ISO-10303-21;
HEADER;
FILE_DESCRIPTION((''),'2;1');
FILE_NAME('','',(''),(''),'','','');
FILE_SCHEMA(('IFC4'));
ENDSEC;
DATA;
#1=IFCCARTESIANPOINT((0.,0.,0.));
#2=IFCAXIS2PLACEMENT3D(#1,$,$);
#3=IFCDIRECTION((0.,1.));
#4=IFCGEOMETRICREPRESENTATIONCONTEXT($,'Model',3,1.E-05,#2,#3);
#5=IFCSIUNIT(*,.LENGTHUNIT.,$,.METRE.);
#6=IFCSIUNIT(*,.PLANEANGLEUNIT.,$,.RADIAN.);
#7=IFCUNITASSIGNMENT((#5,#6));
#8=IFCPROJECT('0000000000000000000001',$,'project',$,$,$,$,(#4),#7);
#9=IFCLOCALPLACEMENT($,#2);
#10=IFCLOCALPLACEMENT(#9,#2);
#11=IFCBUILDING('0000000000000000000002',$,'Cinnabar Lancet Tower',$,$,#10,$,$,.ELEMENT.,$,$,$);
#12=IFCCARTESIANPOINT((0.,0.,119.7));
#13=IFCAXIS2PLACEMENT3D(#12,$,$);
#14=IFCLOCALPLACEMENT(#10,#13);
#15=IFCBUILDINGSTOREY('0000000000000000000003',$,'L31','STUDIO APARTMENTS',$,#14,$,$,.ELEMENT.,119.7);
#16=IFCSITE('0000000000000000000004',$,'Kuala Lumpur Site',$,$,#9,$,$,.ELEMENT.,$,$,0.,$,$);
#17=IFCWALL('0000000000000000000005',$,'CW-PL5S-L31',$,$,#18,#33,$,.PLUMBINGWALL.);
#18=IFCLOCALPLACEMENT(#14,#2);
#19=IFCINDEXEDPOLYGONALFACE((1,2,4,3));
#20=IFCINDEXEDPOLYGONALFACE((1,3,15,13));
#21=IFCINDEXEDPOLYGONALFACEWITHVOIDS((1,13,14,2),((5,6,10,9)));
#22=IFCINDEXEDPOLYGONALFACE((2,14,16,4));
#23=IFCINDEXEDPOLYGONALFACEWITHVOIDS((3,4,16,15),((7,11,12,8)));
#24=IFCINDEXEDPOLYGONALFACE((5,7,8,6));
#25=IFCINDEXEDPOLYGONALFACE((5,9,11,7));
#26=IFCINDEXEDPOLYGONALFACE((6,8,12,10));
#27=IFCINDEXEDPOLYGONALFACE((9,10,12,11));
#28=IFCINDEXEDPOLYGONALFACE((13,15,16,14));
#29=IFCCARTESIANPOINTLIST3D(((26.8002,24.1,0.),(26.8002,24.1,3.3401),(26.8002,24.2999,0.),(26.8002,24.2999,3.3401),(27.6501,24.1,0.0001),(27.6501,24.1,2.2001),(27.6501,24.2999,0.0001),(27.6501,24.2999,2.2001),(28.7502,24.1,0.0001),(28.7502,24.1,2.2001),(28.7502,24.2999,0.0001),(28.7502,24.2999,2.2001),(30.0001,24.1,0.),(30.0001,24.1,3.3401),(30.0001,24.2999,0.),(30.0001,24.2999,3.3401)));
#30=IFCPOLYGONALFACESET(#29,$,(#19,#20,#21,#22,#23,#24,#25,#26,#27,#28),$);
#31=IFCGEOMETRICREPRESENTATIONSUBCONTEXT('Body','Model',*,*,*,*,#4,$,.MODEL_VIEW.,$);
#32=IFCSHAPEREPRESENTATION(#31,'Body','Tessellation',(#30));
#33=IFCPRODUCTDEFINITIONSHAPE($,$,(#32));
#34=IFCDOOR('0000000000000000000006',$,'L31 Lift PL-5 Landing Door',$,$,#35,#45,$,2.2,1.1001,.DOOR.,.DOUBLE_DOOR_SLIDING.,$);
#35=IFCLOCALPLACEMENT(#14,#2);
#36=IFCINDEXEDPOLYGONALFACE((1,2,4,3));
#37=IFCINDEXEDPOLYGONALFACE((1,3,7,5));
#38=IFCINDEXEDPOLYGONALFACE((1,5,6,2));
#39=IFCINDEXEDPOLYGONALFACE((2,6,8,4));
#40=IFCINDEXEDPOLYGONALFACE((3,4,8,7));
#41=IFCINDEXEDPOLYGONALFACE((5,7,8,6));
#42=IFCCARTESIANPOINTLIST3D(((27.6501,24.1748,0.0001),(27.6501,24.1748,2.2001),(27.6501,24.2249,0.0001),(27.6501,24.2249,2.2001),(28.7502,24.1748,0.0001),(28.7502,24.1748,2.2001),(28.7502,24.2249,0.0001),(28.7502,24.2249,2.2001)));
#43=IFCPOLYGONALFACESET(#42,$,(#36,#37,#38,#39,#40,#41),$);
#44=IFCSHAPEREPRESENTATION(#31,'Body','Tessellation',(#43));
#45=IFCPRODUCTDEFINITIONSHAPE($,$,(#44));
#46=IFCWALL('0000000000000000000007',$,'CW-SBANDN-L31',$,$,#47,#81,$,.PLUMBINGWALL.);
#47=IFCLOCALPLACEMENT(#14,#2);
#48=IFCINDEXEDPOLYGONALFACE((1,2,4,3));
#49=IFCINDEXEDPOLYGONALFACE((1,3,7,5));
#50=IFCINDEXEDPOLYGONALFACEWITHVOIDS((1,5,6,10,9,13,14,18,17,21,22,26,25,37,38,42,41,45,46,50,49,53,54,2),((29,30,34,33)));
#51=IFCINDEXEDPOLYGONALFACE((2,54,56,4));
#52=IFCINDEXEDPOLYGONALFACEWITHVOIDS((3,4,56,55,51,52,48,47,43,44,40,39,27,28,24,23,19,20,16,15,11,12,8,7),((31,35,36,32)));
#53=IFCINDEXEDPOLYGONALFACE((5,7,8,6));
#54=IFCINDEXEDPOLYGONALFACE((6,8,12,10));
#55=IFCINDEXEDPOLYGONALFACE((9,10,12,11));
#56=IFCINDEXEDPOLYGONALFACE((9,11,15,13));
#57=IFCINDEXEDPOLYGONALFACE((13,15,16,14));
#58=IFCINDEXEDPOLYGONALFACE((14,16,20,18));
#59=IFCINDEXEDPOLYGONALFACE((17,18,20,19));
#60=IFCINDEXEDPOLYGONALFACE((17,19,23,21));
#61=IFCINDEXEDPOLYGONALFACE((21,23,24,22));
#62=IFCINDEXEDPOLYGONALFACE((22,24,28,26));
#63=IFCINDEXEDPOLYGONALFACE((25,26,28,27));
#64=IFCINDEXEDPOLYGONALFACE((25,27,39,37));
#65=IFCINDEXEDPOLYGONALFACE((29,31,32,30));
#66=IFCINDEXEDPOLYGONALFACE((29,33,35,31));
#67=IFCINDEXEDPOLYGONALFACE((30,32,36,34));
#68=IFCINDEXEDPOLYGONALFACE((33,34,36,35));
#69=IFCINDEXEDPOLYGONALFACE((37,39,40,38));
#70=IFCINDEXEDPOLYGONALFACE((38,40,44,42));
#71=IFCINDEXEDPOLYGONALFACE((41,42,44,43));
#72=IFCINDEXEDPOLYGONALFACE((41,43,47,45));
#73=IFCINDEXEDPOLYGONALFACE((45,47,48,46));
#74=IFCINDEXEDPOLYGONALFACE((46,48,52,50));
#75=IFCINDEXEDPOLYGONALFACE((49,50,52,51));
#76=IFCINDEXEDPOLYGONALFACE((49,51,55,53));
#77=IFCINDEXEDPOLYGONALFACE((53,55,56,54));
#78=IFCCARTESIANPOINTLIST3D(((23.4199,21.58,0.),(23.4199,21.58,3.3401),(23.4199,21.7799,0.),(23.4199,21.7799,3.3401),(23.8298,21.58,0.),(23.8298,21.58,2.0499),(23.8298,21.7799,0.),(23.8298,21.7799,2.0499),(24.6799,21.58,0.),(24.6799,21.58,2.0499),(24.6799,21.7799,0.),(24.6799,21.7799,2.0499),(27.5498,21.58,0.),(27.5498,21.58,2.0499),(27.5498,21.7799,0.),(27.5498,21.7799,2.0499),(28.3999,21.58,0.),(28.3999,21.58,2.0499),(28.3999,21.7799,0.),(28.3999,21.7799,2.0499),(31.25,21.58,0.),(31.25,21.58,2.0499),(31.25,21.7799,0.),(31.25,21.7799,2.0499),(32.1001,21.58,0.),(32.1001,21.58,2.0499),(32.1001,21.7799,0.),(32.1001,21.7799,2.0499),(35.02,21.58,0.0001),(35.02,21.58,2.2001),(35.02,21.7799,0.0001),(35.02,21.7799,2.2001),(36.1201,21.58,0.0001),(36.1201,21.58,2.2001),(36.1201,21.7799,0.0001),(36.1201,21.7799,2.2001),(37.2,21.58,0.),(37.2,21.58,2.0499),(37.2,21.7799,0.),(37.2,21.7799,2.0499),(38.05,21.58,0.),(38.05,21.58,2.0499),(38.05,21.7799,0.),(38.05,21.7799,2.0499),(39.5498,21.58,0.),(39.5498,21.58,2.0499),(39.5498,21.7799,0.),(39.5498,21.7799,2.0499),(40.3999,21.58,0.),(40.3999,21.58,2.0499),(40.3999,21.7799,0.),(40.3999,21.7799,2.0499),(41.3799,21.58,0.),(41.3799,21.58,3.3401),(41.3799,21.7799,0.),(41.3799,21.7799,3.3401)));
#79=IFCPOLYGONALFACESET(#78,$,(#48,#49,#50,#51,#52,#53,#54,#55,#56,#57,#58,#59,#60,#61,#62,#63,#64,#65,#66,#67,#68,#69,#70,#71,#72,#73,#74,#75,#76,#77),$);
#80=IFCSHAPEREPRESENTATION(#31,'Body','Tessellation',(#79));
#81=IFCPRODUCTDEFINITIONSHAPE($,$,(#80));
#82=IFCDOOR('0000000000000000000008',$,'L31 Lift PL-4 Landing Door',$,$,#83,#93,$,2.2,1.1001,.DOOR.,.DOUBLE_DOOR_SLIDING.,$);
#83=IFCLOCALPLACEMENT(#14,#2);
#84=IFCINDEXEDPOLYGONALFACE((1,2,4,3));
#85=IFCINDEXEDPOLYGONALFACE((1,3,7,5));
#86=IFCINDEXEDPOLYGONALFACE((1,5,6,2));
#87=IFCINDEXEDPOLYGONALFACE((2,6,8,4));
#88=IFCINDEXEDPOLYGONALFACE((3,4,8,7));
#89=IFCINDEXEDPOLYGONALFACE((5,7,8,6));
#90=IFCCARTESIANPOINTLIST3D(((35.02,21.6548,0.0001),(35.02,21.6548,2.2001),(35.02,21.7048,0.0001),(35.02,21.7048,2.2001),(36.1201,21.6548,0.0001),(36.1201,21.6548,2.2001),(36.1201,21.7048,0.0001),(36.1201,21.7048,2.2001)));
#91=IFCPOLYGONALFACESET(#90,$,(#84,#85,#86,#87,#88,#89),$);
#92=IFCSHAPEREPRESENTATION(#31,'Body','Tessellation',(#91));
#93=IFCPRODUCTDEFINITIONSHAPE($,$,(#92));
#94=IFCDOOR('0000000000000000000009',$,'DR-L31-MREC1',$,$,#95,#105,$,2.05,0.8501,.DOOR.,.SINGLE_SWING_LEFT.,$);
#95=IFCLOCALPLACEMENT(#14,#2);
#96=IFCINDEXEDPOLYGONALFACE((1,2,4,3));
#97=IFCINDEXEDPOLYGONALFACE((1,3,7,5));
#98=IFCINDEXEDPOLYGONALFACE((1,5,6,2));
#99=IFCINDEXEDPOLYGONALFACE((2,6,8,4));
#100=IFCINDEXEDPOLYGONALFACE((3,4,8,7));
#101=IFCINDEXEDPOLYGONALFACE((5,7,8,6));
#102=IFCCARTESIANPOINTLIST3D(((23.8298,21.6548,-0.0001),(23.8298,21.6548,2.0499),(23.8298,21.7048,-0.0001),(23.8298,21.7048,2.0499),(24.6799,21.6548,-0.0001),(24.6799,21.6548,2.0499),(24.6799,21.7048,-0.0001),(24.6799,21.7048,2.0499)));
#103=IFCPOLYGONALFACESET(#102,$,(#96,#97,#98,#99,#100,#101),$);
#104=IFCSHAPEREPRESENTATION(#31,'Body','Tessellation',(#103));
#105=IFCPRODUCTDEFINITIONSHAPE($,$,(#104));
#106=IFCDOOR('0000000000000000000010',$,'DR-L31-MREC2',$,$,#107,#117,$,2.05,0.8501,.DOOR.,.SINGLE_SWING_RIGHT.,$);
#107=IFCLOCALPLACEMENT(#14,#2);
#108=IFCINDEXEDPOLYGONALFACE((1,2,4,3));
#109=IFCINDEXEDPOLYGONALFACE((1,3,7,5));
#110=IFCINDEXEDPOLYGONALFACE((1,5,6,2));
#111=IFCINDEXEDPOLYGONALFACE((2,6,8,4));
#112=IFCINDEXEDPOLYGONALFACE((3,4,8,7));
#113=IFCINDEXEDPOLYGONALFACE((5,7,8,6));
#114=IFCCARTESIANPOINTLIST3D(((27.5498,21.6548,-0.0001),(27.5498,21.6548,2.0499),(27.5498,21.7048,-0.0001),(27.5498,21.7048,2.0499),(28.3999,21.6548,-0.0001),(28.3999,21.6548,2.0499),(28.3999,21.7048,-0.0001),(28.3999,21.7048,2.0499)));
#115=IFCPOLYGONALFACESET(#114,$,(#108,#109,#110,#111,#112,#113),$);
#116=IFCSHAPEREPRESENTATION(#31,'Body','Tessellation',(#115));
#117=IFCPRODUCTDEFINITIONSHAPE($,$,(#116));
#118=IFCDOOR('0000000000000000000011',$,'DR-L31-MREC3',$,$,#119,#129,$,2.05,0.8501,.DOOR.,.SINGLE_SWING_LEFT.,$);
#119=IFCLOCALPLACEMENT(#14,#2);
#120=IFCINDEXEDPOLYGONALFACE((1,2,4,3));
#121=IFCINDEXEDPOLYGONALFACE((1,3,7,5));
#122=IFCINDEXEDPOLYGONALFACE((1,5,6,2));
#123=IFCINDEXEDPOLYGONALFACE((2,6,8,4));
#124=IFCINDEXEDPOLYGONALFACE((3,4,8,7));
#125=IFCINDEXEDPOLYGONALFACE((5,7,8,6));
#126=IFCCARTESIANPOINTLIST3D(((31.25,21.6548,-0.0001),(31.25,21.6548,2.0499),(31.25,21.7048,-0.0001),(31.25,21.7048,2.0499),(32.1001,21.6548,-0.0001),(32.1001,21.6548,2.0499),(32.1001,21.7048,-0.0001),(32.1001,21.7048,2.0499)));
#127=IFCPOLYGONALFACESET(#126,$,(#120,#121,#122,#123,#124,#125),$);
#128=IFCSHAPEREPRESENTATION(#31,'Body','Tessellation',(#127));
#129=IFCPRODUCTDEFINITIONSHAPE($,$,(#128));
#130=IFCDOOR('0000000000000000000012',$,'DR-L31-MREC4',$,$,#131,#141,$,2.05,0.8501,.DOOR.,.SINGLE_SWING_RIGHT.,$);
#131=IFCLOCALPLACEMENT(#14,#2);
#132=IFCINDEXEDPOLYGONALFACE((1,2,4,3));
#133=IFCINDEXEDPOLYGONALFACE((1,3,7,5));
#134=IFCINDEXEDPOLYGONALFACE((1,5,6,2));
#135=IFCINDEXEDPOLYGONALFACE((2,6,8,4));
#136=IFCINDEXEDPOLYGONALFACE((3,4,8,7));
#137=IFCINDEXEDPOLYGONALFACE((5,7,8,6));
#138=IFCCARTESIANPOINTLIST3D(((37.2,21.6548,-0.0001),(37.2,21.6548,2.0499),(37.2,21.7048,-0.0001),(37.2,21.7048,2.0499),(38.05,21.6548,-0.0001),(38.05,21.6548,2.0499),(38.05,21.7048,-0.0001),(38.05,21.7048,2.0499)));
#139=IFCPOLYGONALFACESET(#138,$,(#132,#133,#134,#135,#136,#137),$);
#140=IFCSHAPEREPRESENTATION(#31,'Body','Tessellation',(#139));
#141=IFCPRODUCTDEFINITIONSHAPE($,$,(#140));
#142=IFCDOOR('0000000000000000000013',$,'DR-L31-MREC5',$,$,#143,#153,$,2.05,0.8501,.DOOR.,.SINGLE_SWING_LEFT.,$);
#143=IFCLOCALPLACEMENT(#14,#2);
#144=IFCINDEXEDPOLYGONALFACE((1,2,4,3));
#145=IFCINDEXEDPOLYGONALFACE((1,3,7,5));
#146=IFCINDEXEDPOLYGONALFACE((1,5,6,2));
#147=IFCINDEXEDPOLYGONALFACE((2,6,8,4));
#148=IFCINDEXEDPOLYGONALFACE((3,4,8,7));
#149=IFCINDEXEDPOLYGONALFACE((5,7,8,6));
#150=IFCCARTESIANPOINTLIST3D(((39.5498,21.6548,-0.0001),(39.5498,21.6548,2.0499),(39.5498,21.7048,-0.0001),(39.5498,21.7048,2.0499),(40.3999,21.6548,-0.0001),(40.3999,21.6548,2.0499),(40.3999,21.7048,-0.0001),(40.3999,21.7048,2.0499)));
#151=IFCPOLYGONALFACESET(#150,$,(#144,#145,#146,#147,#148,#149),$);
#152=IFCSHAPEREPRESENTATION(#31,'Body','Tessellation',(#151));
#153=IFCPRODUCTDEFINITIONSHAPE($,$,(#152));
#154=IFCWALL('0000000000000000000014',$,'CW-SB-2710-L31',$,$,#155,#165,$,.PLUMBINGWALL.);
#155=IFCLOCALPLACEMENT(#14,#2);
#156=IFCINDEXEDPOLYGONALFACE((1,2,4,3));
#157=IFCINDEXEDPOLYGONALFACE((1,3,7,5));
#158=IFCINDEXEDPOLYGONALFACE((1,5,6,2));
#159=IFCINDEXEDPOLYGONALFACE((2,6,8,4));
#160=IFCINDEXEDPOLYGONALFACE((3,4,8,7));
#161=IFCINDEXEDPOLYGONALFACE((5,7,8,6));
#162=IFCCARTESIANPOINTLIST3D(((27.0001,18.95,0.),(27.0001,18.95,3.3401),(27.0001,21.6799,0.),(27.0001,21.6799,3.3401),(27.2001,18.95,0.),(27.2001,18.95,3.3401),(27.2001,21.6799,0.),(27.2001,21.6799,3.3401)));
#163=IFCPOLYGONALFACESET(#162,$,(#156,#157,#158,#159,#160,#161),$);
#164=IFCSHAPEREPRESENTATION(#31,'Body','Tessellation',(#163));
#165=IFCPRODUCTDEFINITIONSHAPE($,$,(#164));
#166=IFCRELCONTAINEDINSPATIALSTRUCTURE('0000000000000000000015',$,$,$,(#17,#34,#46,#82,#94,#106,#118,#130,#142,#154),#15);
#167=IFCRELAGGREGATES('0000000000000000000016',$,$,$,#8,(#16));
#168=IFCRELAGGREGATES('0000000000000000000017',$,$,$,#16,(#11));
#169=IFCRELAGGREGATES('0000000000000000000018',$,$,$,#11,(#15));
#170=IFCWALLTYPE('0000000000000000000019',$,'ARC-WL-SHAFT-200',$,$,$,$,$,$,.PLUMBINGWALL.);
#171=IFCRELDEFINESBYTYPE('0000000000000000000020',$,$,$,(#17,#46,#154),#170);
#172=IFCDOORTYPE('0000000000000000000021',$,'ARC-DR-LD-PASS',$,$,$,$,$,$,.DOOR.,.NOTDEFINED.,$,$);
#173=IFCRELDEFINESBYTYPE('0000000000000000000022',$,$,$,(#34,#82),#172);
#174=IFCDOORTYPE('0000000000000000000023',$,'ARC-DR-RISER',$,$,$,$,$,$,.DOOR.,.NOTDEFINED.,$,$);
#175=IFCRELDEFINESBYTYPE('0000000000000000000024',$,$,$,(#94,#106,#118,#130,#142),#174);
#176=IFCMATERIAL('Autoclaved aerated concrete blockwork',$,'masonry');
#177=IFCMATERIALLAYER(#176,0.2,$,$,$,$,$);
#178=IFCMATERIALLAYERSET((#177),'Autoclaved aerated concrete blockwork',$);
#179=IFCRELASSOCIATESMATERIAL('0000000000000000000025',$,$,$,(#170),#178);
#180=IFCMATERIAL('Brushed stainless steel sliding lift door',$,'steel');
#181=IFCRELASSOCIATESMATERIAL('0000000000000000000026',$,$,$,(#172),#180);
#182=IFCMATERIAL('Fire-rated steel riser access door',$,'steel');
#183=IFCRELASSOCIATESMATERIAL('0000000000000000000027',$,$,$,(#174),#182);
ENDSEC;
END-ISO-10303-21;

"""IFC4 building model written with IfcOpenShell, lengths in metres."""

from ifc_helpers import new_model, si_unit, direction, frame, frame_2d, origin, place, context, subcontext, project, spatial, rectangle, extrude, material, layer, layer_set, type_object, element, fill, save


model = new_model("IFC4")

# Units and contexts
model_context = context("Model", 3, precision=1e-05, world=origin(), true_north=direction((0.0, 1.0)))
body_context = subcontext(model_context, "Body", "Model", "MODEL_VIEW")
ifc_project = project(units=[si_unit("LENGTHUNIT", "METRE"), si_unit("PLANEANGLEUNIT", "RADIAN")], contexts=[model_context])

# Site, building, storey
site_placement = place(None, origin())
site = spatial("IfcSite", under=ifc_project, at=site_placement, Name="Kuala Lumpur Site", CompositionType="ELEMENT", RefElevation=0.0)
building_placement = place(site_placement, origin())
building = spatial("IfcBuilding", under=site, at=building_placement, Name="Cinnabar Lancet Tower", CompositionType="ELEMENT")
storey_placement = place(building_placement, frame((0.0, 0.0, 119.7)))
storey = spatial("IfcBuildingStorey", under=building, at=storey_placement, Name="L31", Description="STUDIO APARTMENTS", CompositionType="ELEMENT", Elevation=119.7)

# Shared definitions
ifc_material_1 = material(Name="Autoclaved aerated concrete blockwork", Category="masonry")
ifc_layer_1 = layer(ifc_material_1, 0.2)
ifc_layer_set_1 = layer_set([ifc_layer_1], Name="Autoclaved aerated concrete blockwork")
wall_type_1 = type_object("IfcWallType", Name="ARC-WL-SHAFT-200", PredefinedType="PLUMBINGWALL", material=ifc_layer_set_1)

# Wall, opening, door
wall_1_placement = place(storey_placement, frame((26.8, 24.2, 0.0), z_axis=(0.0, 0.0, 1.0), x_axis=(1.0, 0.0, 0.0)))
wall_1 = element("IfcWall", 1, at=wall_1_placement, inside=storey, type_object=wall_type_1, Name="CW-PL5S-L31", PredefinedType="PLUMBINGWALL", context=body_context, shape_type="SweptSolid", body=[
    extrude(rectangle(XDim=3.2, YDim=0.2, at=frame_2d((1.6001, 0.0))), origin(), (0.0, 0.0, 1.0), 3.3401),
])
opening_1_placement = place(wall_1_placement, frame((0.8501, 0.0, 0.0)))
opening_1 = element("IfcOpeningElement", 2, at=opening_1_placement, cuts=wall_1, PredefinedType="OPENING", context=body_context, shape_type="SweptSolid", body=[
    extrude(rectangle(XDim=1.1001, YDim=2.2, at=frame_2d((0.55, 1.1001))), frame((0.0, 0.1099, 0.0), z_axis=(0.0, -1.0, 0.0), x_axis=(1.0, 0.0, 0.0)), (0.0, 0.0, 1.0), 0.22),
])
ifc_material_2 = material(Name="Brushed stainless steel sliding lift door", Category="steel")
door_type_1 = type_object("IfcDoorType", Name="ARC-DR-LD-PASS", OperationType="NOTDEFINED", PredefinedType="DOOR", material=ifc_material_2)
door_1_placement = place(opening_1_placement, origin())
door_1 = element("IfcDoor", 3, at=door_1_placement, inside=storey, type_object=door_type_1, Name="L31 Lift PL-5 Landing Door", OperationType="DOUBLE_DOOR_SLIDING", OverallHeight=2.2, OverallWidth=1.1001, PredefinedType="DOOR", context=body_context, shape_type="SweptSolid", body=[
    extrude(rectangle(XDim=1.1001, YDim=2.2, at=frame_2d((0.55, 1.1001))), frame((0.0, 0.0249, 0.0), z_axis=(0.0, -1.0, 0.0), x_axis=(1.0, 0.0, 0.0)), (0.0, 0.0, 1.0), 0.05),
])
fill(opening_1, door_1)

# Wall, openings, doors
wall_2_placement = place(storey_placement, frame((23.4199, 21.6799, 0.0), z_axis=(0.0, 0.0, 1.0), x_axis=(1.0, 0.0, 0.0)))
wall_2 = element("IfcWall", 4, at=wall_2_placement, inside=storey, type_object=wall_type_1, Name="CW-SBANDN-L31", PredefinedType="PLUMBINGWALL", context=body_context, shape_type="SweptSolid", body=[
    extrude(rectangle(XDim=17.96, YDim=0.2, at=frame_2d((8.98, 0.0))), origin(), (0.0, 0.0, 1.0), 3.3401),
])
opening_2_placement = place(wall_2_placement, frame((11.6001, 0.0, 0.0)))
opening_2 = element("IfcOpeningElement", 5, at=opening_2_placement, cuts=wall_2, PredefinedType="OPENING", context=body_context, shape_type="SweptSolid", body=[
    extrude(rectangle(XDim=1.1001, YDim=2.2, at=frame_2d((0.55, 1.1001))), frame((0.0, 0.1099, 0.0), z_axis=(0.0, -1.0, 0.0), x_axis=(1.0, 0.0, 0.0)), (0.0, 0.0, 1.0), 0.22),
])
opening_3_placement = place(wall_2_placement, frame((0.4099, 0.0, 0.0)))
opening_3 = element("IfcOpeningElement", 6, at=opening_3_placement, cuts=wall_2, PredefinedType="OPENING", context=body_context, shape_type="SweptSolid", body=[
    extrude(rectangle(XDim=0.8501, YDim=2.05, at=frame_2d((0.425, 1.0249))), frame((0.0, 0.1099, 0.0), z_axis=(0.0, -1.0, 0.0), x_axis=(1.0, 0.0, 0.0)), (0.0, 0.0, 1.0), 0.22),
])
opening_4_placement = place(wall_2_placement, frame((4.1299, 0.0, 0.0)))
opening_4 = element("IfcOpeningElement", 7, at=opening_4_placement, cuts=wall_2, PredefinedType="OPENING", context=body_context, shape_type="SweptSolid", body=[
    extrude(rectangle(XDim=0.8501, YDim=2.05, at=frame_2d((0.425, 1.0249))), frame((0.0, 0.1099, 0.0), z_axis=(0.0, -1.0, 0.0), x_axis=(1.0, 0.0, 0.0)), (0.0, 0.0, 1.0), 0.22),
])
opening_5_placement = place(wall_2_placement, frame((7.8301, 0.0, 0.0)))
opening_5 = element("IfcOpeningElement", 8, at=opening_5_placement, cuts=wall_2, PredefinedType="OPENING", context=body_context, shape_type="SweptSolid", body=[
    extrude(rectangle(XDim=0.8501, YDim=2.05, at=frame_2d((0.425, 1.0249))), frame((0.0, 0.1099, 0.0), z_axis=(0.0, -1.0, 0.0), x_axis=(1.0, 0.0, 0.0)), (0.0, 0.0, 1.0), 0.22),
])
opening_6_placement = place(wall_2_placement, frame((13.78, 0.0, 0.0)))
opening_6 = element("IfcOpeningElement", 9, at=opening_6_placement, cuts=wall_2, PredefinedType="OPENING", context=body_context, shape_type="SweptSolid", body=[
    extrude(rectangle(XDim=0.8501, YDim=2.05, at=frame_2d((0.425, 1.0249))), frame((0.0, 0.1099, 0.0), z_axis=(0.0, -1.0, 0.0), x_axis=(1.0, 0.0, 0.0)), (0.0, 0.0, 1.0), 0.22),
])
opening_7_placement = place(wall_2_placement, frame((16.1299, 0.0, 0.0)))
opening_7 = element("IfcOpeningElement", 10, at=opening_7_placement, cuts=wall_2, PredefinedType="OPENING", context=body_context, shape_type="SweptSolid", body=[
    extrude(rectangle(XDim=0.8501, YDim=2.05, at=frame_2d((0.425, 1.0249))), frame((0.0, 0.1099, 0.0), z_axis=(0.0, -1.0, 0.0), x_axis=(1.0, 0.0, 0.0)), (0.0, 0.0, 1.0), 0.22),
])
door_2_placement = place(opening_2_placement, origin())
door_2 = element("IfcDoor", 11, at=door_2_placement, inside=storey, type_object=door_type_1, Name="L31 Lift PL-4 Landing Door", OperationType="DOUBLE_DOOR_SLIDING", OverallHeight=2.2, OverallWidth=1.1001, PredefinedType="DOOR", context=body_context, shape_type="SweptSolid", body=[
    extrude(rectangle(XDim=1.1001, YDim=2.2, at=frame_2d((0.55, 1.1001))), frame((0.0, 0.0249, 0.0), z_axis=(0.0, -1.0, 0.0), x_axis=(1.0, 0.0, 0.0)), (0.0, 0.0, 1.0), 0.05),
])
fill(opening_2, door_2)
ifc_material_3 = material(Name="Fire-rated steel riser access door", Category="steel")
door_type_2 = type_object("IfcDoorType", Name="ARC-DR-RISER", OperationType="NOTDEFINED", PredefinedType="DOOR", material=ifc_material_3)
door_3_placement = place(opening_3_placement, origin())
door_3 = element("IfcDoor", 12, at=door_3_placement, inside=storey, type_object=door_type_2, Name="DR-L31-MREC1", OperationType="SINGLE_SWING_LEFT", OverallHeight=2.05, OverallWidth=0.8501, PredefinedType="DOOR", context=body_context, shape_type="SweptSolid", body=[
    extrude(rectangle(XDim=0.8501, YDim=2.05, at=frame_2d((0.425, 1.0249))), frame((0.0, 0.0249, 0.0), z_axis=(0.0, -1.0, 0.0), x_axis=(1.0, 0.0, 0.0)), (0.0, 0.0, 1.0), 0.05),
])
fill(opening_3, door_3)
door_4_placement = place(opening_4_placement, origin())
door_4 = element("IfcDoor", 13, at=door_4_placement, inside=storey, type_object=door_type_2, Name="DR-L31-MREC2", OperationType="SINGLE_SWING_RIGHT", OverallHeight=2.05, OverallWidth=0.8501, PredefinedType="DOOR", context=body_context, shape_type="SweptSolid", body=[
    extrude(rectangle(XDim=0.8501, YDim=2.05, at=frame_2d((0.425, 1.0249))), frame((0.0, 0.0249, 0.0), z_axis=(0.0, -1.0, 0.0), x_axis=(1.0, 0.0, 0.0)), (0.0, 0.0, 1.0), 0.05),
])
fill(opening_4, door_4)
door_5_placement = place(opening_5_placement, origin())
door_5 = element("IfcDoor", 14, at=door_5_placement, inside=storey, type_object=door_type_2, Name="DR-L31-MREC3", OperationType="SINGLE_SWING_LEFT", OverallHeight=2.05, OverallWidth=0.8501, PredefinedType="DOOR", context=body_context, shape_type="SweptSolid", body=[
    extrude(rectangle(XDim=0.8501, YDim=2.05, at=frame_2d((0.425, 1.0249))), frame((0.0, 0.0249, 0.0), z_axis=(0.0, -1.0, 0.0), x_axis=(1.0, 0.0, 0.0)), (0.0, 0.0, 1.0), 0.05),
])
fill(opening_5, door_5)
door_6_placement = place(opening_6_placement, origin())
door_6 = element("IfcDoor", 15, at=door_6_placement, inside=storey, type_object=door_type_2, Name="DR-L31-MREC4", OperationType="SINGLE_SWING_RIGHT", OverallHeight=2.05, OverallWidth=0.8501, PredefinedType="DOOR", context=body_context, shape_type="SweptSolid", body=[
    extrude(rectangle(XDim=0.8501, YDim=2.05, at=frame_2d((0.425, 1.0249))), frame((0.0, 0.0249, 0.0), z_axis=(0.0, -1.0, 0.0), x_axis=(1.0, 0.0, 0.0)), (0.0, 0.0, 1.0), 0.05),
])
fill(opening_6, door_6)
door_7_placement = place(opening_7_placement, origin())
door_7 = element("IfcDoor", 16, at=door_7_placement, inside=storey, type_object=door_type_2, Name="DR-L31-MREC5", OperationType="SINGLE_SWING_LEFT", OverallHeight=2.05, OverallWidth=0.8501, PredefinedType="DOOR", context=body_context, shape_type="SweptSolid", body=[
    extrude(rectangle(XDim=0.8501, YDim=2.05, at=frame_2d((0.425, 1.0249))), frame((0.0, 0.0249, 0.0), z_axis=(0.0, -1.0, 0.0), x_axis=(1.0, 0.0, 0.0)), (0.0, 0.0, 1.0), 0.05),
])
fill(opening_7, door_7)

# Wall
wall_3_placement = place(storey_placement, frame((27.1001, 18.95, 0.0), z_axis=(0.0, 0.0, 1.0), x_axis=(0.0, 1.0, 0.0)))
element("IfcWall", 17, at=wall_3_placement, inside=storey, type_object=wall_type_1, Name="CW-SB-2710-L31", PredefinedType="PLUMBINGWALL", context=body_context, shape_type="SweptSolid", body=[
    extrude(rectangle(XDim=2.73, YDim=0.2, at=frame_2d((1.365, 0.0))), origin(), (0.0, 0.0, 1.0), 3.3401),
])

save(model, "model.ifc")
